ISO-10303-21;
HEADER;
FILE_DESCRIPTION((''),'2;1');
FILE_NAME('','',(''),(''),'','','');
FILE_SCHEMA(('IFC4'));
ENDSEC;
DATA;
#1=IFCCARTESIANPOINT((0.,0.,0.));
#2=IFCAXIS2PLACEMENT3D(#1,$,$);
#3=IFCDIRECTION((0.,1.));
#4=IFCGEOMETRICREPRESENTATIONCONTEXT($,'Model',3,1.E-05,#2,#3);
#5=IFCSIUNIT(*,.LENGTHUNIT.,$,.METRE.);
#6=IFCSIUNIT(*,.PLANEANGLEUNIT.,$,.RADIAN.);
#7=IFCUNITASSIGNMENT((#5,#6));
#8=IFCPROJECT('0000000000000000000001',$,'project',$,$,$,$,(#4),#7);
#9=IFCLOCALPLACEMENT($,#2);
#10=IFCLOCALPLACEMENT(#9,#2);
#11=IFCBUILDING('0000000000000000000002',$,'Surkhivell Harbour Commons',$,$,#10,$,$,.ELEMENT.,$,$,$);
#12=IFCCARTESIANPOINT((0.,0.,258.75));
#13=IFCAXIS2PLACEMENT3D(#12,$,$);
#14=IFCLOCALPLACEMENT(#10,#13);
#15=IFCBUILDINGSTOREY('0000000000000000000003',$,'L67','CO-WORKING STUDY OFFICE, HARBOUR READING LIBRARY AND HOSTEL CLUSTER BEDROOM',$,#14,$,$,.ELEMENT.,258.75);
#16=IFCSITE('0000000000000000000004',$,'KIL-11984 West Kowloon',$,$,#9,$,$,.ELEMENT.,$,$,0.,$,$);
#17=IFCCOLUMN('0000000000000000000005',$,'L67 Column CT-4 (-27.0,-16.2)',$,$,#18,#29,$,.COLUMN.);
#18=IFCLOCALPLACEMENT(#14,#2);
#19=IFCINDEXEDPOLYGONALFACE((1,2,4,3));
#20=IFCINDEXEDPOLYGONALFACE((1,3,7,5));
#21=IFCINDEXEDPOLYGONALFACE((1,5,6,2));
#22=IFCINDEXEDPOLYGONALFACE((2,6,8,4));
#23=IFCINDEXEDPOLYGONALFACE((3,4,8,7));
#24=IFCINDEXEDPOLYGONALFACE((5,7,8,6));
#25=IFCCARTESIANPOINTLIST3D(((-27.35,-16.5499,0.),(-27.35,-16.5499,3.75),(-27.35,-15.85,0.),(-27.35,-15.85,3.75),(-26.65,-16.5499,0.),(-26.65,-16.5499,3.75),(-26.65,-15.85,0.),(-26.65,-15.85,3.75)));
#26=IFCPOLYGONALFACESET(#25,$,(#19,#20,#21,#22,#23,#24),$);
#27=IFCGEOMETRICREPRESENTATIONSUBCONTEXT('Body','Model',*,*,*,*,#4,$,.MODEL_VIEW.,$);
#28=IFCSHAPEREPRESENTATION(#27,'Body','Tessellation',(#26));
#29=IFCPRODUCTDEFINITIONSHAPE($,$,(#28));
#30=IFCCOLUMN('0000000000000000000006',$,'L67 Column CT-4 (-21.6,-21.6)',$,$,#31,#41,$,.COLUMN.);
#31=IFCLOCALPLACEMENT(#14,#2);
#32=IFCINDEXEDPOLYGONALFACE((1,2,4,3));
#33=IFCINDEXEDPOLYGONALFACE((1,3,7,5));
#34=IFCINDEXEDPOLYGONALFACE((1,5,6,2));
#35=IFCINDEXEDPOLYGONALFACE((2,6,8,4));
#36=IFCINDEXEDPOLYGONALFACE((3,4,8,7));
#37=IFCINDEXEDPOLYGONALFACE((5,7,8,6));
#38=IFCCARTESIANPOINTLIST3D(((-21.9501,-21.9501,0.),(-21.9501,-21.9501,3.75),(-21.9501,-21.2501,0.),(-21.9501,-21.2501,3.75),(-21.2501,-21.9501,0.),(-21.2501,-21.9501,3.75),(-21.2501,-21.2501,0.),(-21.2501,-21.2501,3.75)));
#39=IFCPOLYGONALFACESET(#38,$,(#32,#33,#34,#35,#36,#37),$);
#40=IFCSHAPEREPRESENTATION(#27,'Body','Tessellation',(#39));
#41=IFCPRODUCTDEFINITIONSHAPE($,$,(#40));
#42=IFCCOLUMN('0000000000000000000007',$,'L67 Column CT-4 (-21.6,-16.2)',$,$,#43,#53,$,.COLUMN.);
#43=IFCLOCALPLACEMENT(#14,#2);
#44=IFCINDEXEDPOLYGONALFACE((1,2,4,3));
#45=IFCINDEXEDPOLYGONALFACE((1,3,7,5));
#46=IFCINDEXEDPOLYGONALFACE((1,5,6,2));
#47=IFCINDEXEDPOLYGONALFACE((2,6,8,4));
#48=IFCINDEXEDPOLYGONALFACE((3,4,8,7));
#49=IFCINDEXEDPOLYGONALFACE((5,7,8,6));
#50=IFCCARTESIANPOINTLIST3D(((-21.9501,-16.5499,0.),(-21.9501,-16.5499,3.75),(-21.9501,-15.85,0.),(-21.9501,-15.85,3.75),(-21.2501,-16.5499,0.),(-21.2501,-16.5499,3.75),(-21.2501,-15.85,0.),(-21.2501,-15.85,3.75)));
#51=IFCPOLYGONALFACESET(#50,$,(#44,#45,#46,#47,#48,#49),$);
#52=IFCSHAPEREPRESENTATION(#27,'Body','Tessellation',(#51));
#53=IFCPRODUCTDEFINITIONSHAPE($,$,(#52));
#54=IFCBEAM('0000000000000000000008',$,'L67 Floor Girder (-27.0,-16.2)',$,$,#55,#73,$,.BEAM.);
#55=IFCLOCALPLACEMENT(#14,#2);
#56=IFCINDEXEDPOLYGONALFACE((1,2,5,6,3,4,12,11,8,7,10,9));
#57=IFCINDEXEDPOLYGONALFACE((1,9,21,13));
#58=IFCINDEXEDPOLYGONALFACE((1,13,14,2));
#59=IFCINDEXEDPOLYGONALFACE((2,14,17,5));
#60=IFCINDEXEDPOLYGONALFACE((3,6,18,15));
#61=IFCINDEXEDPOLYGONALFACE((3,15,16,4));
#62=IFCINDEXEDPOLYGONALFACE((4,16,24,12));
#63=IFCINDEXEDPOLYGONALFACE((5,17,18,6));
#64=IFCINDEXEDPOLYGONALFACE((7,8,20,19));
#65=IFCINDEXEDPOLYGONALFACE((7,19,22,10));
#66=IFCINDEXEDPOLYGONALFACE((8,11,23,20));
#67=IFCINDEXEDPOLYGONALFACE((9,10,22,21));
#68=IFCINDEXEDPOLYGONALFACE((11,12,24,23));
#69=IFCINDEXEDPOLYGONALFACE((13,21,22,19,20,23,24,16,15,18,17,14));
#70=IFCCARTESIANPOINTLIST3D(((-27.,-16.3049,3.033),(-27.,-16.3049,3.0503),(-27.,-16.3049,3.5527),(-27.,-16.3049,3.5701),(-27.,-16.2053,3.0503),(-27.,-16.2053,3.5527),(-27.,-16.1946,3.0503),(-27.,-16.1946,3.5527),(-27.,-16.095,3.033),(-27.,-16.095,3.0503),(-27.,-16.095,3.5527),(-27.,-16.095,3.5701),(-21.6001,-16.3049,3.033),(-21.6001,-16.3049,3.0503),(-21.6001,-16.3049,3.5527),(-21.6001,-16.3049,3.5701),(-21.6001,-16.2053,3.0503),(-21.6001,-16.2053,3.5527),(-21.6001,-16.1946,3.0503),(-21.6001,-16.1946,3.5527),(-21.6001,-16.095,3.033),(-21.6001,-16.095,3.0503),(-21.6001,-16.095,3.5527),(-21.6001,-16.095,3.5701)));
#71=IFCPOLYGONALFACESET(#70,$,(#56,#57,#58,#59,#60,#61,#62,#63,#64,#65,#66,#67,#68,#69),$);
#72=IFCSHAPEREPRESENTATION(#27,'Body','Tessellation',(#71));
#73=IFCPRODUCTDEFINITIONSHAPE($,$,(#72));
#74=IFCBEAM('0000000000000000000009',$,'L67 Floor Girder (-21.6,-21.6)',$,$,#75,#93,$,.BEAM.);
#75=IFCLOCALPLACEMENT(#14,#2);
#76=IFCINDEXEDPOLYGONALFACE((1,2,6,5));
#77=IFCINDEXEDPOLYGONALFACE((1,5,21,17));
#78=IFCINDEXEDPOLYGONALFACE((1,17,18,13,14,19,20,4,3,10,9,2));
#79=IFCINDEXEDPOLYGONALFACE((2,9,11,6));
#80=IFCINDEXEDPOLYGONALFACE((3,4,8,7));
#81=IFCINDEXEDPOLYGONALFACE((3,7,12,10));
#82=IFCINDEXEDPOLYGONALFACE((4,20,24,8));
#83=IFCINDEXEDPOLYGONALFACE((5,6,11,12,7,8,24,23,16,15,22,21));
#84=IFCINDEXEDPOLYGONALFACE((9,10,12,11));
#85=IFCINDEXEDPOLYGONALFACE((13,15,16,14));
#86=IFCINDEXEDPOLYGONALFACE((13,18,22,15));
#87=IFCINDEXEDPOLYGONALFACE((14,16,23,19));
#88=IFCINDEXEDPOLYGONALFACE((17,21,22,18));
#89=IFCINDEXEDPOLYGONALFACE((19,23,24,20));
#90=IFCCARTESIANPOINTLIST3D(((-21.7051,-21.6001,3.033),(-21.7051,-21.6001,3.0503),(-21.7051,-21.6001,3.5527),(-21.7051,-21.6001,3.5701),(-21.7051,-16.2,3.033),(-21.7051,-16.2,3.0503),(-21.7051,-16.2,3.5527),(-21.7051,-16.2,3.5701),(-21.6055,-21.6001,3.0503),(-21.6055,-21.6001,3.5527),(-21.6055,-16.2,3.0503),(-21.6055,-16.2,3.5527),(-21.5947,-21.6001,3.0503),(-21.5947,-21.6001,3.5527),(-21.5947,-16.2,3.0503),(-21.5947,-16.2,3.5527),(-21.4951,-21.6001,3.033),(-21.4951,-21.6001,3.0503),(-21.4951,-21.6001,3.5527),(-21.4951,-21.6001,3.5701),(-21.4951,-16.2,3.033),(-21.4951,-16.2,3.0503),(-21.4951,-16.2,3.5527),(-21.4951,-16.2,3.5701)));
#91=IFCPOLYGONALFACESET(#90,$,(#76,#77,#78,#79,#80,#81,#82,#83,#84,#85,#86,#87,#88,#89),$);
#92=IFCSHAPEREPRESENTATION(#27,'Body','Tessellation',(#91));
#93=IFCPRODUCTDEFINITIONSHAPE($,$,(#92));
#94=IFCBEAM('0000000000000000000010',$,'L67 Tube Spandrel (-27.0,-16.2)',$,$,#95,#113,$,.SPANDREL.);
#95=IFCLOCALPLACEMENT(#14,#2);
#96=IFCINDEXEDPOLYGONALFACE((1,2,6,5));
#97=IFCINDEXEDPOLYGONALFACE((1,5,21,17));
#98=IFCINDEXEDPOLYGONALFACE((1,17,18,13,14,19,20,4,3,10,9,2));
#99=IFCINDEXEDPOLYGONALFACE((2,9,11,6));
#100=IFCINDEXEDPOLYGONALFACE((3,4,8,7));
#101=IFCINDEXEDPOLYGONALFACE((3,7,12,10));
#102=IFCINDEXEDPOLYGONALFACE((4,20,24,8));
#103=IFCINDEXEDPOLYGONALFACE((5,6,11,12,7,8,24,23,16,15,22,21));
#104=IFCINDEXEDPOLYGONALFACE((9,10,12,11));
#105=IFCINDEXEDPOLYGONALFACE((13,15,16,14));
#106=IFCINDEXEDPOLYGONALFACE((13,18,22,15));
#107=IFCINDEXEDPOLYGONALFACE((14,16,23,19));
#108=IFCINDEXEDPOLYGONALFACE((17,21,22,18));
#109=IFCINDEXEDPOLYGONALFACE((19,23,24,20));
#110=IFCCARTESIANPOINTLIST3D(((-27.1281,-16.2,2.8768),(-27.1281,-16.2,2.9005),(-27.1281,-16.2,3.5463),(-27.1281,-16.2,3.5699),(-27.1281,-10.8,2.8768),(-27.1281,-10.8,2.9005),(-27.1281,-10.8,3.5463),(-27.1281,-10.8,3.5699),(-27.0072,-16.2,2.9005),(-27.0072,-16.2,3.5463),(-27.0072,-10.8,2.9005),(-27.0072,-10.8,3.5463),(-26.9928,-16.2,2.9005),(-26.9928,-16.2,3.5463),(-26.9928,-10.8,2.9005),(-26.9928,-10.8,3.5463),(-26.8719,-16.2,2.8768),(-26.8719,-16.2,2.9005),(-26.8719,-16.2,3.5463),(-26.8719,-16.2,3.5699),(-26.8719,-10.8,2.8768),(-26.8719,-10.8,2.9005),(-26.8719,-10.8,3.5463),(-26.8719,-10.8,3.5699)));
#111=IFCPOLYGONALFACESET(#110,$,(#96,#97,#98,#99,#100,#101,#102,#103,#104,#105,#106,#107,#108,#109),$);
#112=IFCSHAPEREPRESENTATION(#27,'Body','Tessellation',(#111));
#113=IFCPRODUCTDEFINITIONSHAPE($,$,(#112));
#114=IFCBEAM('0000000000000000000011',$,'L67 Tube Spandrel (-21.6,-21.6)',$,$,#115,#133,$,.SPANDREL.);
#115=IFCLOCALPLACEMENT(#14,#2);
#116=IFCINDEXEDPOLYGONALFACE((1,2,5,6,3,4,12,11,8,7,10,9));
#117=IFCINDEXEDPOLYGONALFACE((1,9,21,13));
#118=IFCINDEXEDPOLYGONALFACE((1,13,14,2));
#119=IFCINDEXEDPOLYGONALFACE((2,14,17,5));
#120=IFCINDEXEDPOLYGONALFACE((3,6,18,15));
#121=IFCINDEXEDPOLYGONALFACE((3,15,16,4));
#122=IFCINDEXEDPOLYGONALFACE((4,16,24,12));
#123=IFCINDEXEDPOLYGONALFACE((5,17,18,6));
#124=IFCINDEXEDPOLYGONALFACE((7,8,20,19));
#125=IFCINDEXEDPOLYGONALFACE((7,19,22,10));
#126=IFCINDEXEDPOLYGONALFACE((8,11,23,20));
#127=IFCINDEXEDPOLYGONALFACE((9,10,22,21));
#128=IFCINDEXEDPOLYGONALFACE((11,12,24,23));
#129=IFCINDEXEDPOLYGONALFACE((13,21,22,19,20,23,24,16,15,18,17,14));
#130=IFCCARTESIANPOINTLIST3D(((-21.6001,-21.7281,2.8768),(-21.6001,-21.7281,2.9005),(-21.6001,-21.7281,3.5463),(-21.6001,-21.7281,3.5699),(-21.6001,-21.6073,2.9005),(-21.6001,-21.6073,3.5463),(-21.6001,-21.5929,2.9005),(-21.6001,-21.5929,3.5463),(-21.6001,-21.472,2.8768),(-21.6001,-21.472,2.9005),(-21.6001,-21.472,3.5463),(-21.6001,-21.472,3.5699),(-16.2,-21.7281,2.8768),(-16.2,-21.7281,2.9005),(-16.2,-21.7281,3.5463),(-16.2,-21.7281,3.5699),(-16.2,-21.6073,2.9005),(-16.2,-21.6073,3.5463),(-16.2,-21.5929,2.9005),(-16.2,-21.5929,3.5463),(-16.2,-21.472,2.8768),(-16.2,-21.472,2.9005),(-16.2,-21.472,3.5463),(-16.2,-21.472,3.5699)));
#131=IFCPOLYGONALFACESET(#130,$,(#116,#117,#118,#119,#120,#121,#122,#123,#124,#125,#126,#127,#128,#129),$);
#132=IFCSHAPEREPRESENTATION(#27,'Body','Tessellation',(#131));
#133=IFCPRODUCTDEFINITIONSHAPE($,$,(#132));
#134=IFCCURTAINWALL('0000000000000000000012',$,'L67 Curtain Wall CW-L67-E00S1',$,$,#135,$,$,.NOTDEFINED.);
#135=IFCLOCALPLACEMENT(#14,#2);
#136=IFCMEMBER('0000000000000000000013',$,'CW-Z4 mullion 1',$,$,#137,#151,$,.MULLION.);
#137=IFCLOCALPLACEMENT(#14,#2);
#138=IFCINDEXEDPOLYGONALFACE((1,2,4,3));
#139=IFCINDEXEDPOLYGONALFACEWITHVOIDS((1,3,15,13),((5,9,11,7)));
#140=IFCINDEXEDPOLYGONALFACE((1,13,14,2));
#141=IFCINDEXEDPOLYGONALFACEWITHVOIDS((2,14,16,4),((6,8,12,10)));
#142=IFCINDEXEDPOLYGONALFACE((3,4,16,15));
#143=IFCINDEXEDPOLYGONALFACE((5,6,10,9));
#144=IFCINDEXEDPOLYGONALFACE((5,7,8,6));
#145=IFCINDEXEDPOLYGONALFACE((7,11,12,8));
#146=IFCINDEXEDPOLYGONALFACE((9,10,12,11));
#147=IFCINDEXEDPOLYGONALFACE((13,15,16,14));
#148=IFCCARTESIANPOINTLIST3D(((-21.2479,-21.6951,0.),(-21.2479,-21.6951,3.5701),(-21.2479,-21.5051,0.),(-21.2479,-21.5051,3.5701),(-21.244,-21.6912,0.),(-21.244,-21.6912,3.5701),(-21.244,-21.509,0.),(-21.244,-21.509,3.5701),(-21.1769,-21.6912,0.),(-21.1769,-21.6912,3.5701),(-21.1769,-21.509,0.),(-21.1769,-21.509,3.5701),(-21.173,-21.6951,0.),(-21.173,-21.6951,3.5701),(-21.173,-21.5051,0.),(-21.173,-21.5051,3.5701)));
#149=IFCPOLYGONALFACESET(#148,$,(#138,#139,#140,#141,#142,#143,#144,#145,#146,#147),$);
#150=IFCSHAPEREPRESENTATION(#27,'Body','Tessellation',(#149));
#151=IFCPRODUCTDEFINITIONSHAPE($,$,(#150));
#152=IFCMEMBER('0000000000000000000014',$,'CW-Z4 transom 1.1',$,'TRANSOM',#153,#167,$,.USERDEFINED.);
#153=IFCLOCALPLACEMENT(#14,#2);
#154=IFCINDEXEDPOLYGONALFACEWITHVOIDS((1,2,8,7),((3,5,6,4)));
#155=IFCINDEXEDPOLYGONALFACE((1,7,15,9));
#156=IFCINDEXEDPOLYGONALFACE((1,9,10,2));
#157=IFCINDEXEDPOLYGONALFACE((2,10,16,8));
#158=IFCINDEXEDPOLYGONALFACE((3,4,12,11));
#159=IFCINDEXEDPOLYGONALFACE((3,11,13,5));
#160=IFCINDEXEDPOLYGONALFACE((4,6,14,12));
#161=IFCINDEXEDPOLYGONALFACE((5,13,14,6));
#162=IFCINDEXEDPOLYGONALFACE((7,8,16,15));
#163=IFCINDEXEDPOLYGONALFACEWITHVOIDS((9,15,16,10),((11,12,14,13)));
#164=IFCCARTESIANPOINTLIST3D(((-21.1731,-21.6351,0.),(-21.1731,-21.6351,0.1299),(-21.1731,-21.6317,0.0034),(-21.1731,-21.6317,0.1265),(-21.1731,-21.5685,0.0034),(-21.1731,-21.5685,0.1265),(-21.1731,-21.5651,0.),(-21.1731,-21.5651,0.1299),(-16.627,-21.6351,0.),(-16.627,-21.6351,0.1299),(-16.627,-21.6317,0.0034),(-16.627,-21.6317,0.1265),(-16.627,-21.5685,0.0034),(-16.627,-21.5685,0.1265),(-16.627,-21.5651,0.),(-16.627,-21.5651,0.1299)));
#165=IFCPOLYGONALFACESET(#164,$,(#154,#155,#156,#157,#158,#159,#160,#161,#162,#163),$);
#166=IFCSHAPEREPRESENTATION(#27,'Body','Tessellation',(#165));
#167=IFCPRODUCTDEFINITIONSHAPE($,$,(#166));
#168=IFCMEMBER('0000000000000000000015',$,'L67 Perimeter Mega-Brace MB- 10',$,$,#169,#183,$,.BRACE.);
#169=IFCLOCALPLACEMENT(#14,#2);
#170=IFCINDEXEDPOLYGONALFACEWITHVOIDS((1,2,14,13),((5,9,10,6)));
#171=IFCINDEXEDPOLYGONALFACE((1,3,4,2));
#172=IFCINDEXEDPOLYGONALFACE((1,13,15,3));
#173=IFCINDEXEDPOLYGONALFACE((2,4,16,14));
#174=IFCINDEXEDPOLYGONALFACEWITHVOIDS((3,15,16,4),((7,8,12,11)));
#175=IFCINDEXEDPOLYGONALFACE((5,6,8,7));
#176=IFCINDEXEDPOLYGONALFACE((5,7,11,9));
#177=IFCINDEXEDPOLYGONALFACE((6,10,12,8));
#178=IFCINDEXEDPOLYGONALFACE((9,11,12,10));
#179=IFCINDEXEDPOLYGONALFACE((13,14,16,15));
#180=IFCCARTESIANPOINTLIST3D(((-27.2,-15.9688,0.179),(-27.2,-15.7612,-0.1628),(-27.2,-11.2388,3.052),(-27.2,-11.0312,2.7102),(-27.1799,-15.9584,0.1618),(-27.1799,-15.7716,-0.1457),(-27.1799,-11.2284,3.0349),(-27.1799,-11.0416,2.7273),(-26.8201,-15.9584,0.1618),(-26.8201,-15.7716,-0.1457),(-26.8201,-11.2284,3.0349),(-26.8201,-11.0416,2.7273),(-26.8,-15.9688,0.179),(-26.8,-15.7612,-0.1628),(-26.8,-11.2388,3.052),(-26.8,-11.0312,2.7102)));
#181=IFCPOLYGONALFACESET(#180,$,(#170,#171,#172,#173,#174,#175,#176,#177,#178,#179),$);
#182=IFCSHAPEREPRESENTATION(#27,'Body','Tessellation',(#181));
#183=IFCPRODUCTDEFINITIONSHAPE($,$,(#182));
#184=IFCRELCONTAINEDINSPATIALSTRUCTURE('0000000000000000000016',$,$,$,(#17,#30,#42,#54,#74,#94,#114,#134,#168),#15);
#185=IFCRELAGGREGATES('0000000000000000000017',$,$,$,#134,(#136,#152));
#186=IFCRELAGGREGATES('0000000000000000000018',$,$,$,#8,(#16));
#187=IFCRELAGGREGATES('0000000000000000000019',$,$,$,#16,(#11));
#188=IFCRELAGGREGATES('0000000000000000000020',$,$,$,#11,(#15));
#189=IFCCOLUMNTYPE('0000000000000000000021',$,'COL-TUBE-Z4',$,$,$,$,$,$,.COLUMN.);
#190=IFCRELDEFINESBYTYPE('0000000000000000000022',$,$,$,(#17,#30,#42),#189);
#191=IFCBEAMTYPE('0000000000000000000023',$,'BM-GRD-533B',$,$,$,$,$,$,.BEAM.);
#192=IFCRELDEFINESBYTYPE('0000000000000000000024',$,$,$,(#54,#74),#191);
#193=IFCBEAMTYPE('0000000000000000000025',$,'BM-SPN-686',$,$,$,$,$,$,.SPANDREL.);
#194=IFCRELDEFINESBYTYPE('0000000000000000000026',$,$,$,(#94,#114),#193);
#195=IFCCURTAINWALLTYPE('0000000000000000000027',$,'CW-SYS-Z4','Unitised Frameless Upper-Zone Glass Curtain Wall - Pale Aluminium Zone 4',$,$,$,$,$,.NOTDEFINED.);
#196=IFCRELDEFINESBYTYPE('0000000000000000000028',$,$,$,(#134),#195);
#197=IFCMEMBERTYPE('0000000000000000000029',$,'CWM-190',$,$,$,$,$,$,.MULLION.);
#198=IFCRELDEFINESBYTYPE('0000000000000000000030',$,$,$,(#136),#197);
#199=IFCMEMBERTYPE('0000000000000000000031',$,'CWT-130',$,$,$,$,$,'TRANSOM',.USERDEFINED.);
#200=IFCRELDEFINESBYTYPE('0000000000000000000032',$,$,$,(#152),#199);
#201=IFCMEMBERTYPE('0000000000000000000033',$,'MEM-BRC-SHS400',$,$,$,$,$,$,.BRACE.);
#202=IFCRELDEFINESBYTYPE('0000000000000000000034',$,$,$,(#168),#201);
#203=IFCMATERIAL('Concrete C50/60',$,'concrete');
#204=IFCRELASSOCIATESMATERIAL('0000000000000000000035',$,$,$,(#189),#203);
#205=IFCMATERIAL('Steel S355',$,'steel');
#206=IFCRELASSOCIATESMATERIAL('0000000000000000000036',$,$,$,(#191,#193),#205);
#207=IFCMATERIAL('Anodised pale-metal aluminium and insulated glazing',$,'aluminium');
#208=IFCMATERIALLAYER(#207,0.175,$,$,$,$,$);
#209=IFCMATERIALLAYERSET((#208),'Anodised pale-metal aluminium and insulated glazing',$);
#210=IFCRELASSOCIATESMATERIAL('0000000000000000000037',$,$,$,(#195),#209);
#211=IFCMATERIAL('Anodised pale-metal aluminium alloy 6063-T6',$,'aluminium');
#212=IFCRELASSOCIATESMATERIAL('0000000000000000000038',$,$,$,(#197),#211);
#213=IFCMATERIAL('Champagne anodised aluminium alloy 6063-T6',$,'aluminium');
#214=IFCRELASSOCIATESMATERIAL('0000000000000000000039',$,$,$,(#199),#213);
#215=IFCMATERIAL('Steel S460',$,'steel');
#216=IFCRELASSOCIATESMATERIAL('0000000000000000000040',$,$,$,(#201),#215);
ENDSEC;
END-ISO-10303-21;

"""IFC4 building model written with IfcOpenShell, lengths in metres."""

from ifc_helpers import new_model, si_unit, direction, frame, origin, origin_2d, place, context, subcontext, project, spatial, rectangle, hollow_rectangle, i_section, extrude, material, layer, layer_set, material_profile, profile_set, type_object, element, aggregate, save


model = new_model("IFC4")

# Units and contexts
model_context = context("Model", 3, precision=1e-05, world=origin(), true_north=direction((0.0, 1.0)))
body_context = subcontext(model_context, "Body", "Model", "MODEL_VIEW")
ifc_project = project(units=[si_unit("LENGTHUNIT", "METRE"), si_unit("PLANEANGLEUNIT", "RADIAN")], contexts=[model_context])

# Site, building, storey
site_placement = place(None, origin())
site = spatial("IfcSite", under=ifc_project, at=site_placement, Name="KIL-11984 West Kowloon", CompositionType="ELEMENT", RefElevation=0.0)
building_placement = place(site_placement, origin())
building = spatial("IfcBuilding", under=site, at=building_placement, Name="Surkhivell Harbour Commons", CompositionType="ELEMENT")
storey_placement = place(building_placement, frame((0.0, 0.0, 258.75)))
storey = spatial("IfcBuildingStorey", under=building, at=storey_placement, Name="L67", Description="CO-WORKING STUDY OFFICE, HARBOUR READING LIBRARY AND HOSTEL CLUSTER BEDROOM", CompositionType="ELEMENT", Elevation=258.75)

# Columns
ifc_material_1 = material(Name="Concrete C50/60", Category="concrete")
ifc_material_profile_1 = material_profile(ifc_material_1, rectangle(XDim=0.7, YDim=0.7, at=origin_2d()), Name="RC-COL-700x700")
ifc_profile_set_1 = profile_set([ifc_material_profile_1], Name="Concrete C50/60")
column_type = type_object("IfcColumnType", Name="COL-TUBE-Z4", PredefinedType="COLUMN", material=ifc_profile_set_1)
for number, where, z_axis, x_axis, name in (
    (1, (-27.0, -16.2, 0.0), (0.0, 0.0, 1.0), (1.0, 0.0, 0.0), "L67 Column CT-4 (-27.0,-16.2)"),
    (2, (-21.6001, -21.6001, 0.0), (0.0, 0.0, 1.0), (1.0, 0.0, 0.0), "L67 Column CT-4 (-21.6,-21.6)"),
    (3, (-21.6001, -16.2, 0.0), (0.0, 0.0, 1.0), (1.0, 0.0, 0.0), "L67 Column CT-4 (-21.6,-16.2)"),
):
    element("IfcColumn", number, at=place(storey_placement, frame(where, z_axis=z_axis, x_axis=x_axis)), inside=storey, type_object=column_type, Name=name, PredefinedType="COLUMN", context=body_context, shape_type="SweptSolid", body=[
        extrude(rectangle(XDim=0.7, YDim=0.7, at=origin_2d()), origin(), (0.0, 0.0, 1.0), 3.75),
    ])

# Beams
ifc_material_2 = material(Name="Steel S355", Category="steel")
ifc_material_profile_2 = material_profile(ifc_material_2, i_section(OverallWidth=0.21, OverallDepth=0.5371, WebThickness=0.0107, FlangeThickness=0.0173, at=origin_2d()), Name="UB533x210x101")
ifc_profile_set_2 = profile_set([ifc_material_profile_2], Name="Steel S355")
beam_type_1 = type_object("IfcBeamType", Name="BM-GRD-533B", PredefinedType="BEAM", material=ifc_profile_set_2)
beam_1_placement = place(storey_placement, frame((-27.0, -16.2, 3.3015), z_axis=(1.0, 0.0, 0.0), x_axis=(0.0, 1.0, 0.0)))
element("IfcBeam", 4, at=beam_1_placement, inside=storey, type_object=beam_type_1, Name="L67 Floor Girder (-27.0,-16.2)", PredefinedType="BEAM", context=body_context, shape_type="SweptSolid", body=[
    extrude(i_section(OverallWidth=0.21, OverallDepth=0.5371, WebThickness=0.0107, FlangeThickness=0.0173, at=origin_2d()), origin(), (0.0, 0.0, 1.0), 5.3999),
])
beam_2_placement = place(storey_placement, frame((-21.6001, -21.6001, 3.3015), z_axis=(0.0, 1.0, 0.0), x_axis=(-1.0, 0.0, 0.0)))
element("IfcBeam", 5, at=beam_2_placement, inside=storey, type_object=beam_type_1, Name="L67 Floor Girder (-21.6,-21.6)", PredefinedType="BEAM", context=body_context, shape_type="SweptSolid", body=[
    extrude(i_section(OverallWidth=0.21, OverallDepth=0.5371, WebThickness=0.0107, FlangeThickness=0.0173, at=origin_2d()), origin(), (0.0, 0.0, 1.0), 5.4001),
])
ifc_material_profile_3 = material_profile(ifc_material_2, i_section(OverallWidth=0.2561, OverallDepth=0.6931, WebThickness=0.0144, FlangeThickness=0.0237, at=origin_2d()), Name="UB686x254x170")
ifc_profile_set_3 = profile_set([ifc_material_profile_3], Name="Steel S355")
beam_type_2 = type_object("IfcBeamType", Name="BM-SPN-686", PredefinedType="SPANDREL", material=ifc_profile_set_3)
beam_3_placement = place(storey_placement, frame((-27.0, -16.2, 3.2234), z_axis=(0.0, 1.0, 0.0), x_axis=(-1.0, 0.0, 0.0)))
element("IfcBeam", 6, at=beam_3_placement, inside=storey, type_object=beam_type_2, Name="L67 Tube Spandrel (-27.0,-16.2)", PredefinedType="SPANDREL", context=body_context, shape_type="SweptSolid", body=[
    extrude(i_section(OverallWidth=0.2561, OverallDepth=0.6931, WebThickness=0.0144, FlangeThickness=0.0237, at=origin_2d()), origin(), (0.0, 0.0, 1.0), 5.3999),
])
beam_4_placement = place(storey_placement, frame((-21.6001, -21.6001, 3.2234), z_axis=(1.0, 0.0, 0.0), x_axis=(0.0, 1.0, 0.0)))
element("IfcBeam", 7, at=beam_4_placement, inside=storey, type_object=beam_type_2, Name="L67 Tube Spandrel (-21.6,-21.6)", PredefinedType="SPANDREL", context=body_context, shape_type="SweptSolid", body=[
    extrude(i_section(OverallWidth=0.2561, OverallDepth=0.6931, WebThickness=0.0144, FlangeThickness=0.0237, at=origin_2d()), origin(), (0.0, 0.0, 1.0), 5.4001),
])

# Curtain wall, members
ifc_material_3 = material(Name="Anodised pale-metal aluminium and insulated glazing", Category="aluminium")
ifc_layer_1 = layer(ifc_material_3, 0.175)
ifc_layer_set_1 = layer_set([ifc_layer_1], Name="Anodised pale-metal aluminium and insulated glazing")
curtain_wall_type = type_object("IfcCurtainWallType", Name="CW-SYS-Z4", Description="Unitised Frameless Upper-Zone Glass Curtain Wall - Pale Aluminium Zone 4", PredefinedType="NOTDEFINED", material=ifc_layer_set_1)
curtain_wall_placement = place(storey_placement, origin())
curtain_wall = element("IfcCurtainWall", 8, at=curtain_wall_placement, inside=storey, type_object=curtain_wall_type, Name="L67 Curtain Wall CW-L67-E00S1", PredefinedType="NOTDEFINED")
ifc_material_4 = material(Name="Anodised pale-metal aluminium alloy 6063-T6", Category="aluminium")
ifc_material_profile_4 = material_profile(ifc_material_4, hollow_rectangle(XDim=0.075, YDim=0.1899, WallThickness=0.0039, at=origin_2d()), Name="ALU-MULL-75x190")
ifc_profile_set_4 = profile_set([ifc_material_profile_4], Name="Anodised pale-metal aluminium alloy 6063-T6")
member_type_1 = type_object("IfcMemberType", Name="CWM-190", PredefinedType="MULLION", material=ifc_profile_set_4)
member_1_placement = place(storey_placement, frame((-21.2104, -21.6001, 0.0), z_axis=(0.0, 0.0, 1.0), x_axis=(1.0, 0.0, 0.0)))
member_1 = element("IfcMember", 9, at=member_1_placement, type_object=member_type_1, Name="CW-Z4 mullion 1", PredefinedType="MULLION", context=body_context, shape_type="SweptSolid", body=[
    extrude(hollow_rectangle(XDim=0.075, YDim=0.1899, WallThickness=0.0039, at=origin_2d()), origin(), (0.0, 0.0, 1.0), 3.5701),
])
ifc_material_5 = material(Name="Champagne anodised aluminium alloy 6063-T6", Category="aluminium")
ifc_material_profile_5 = material_profile(ifc_material_5, hollow_rectangle(XDim=0.0701, YDim=0.1299, WallThickness=0.0034, at=origin_2d()), Name="ALU-TRAN-70x130")
ifc_profile_set_5 = profile_set([ifc_material_profile_5], Name="Champagne anodised aluminium alloy 6063-T6")
member_type_2 = type_object("IfcMemberType", Name="CWT-130", ElementType="TRANSOM", PredefinedType="USERDEFINED", material=ifc_profile_set_5)
member_2_placement = place(storey_placement, frame((-21.1731, -21.6001, 0.0649), z_axis=(1.0, 0.0, 0.0), x_axis=(0.0, 1.0, 0.0)))
member_2 = element("IfcMember", 10, at=member_2_placement, type_object=member_type_2, Name="CW-Z4 transom 1.1", ObjectType="TRANSOM", PredefinedType="USERDEFINED", context=body_context, shape_type="SweptSolid", body=[
    extrude(hollow_rectangle(XDim=0.0701, YDim=0.1299, WallThickness=0.0034, at=origin_2d()), origin(), (0.0, 0.0, 1.0), 4.5461),
])
aggregate(curtain_wall, [member_1, member_2])

# Member
ifc_material_6 = material(Name="Steel S460", Category="steel")
ifc_material_profile_6 = material_profile(ifc_material_6, hollow_rectangle(XDim=0.3999, YDim=0.3999, WallThickness=0.02, at=origin_2d()), Name="SHS400x400x20")
ifc_profile_set_6 = profile_set([ifc_material_profile_6], Name="Steel S460")
member_type_3 = type_object("IfcMemberType", Name="MEM-BRC-SHS400", PredefinedType="BRACE", material=ifc_profile_set_6)
member_3_placement = place(storey_placement, frame((-27.0, -15.865, 0.0081), z_axis=(0.0, 0.854685, 0.519146), x_axis=(-1.0, 0.0, 0.0)))
element("IfcMember", 11, at=member_3_placement, inside=storey, type_object=member_type_3, Name="L67 Perimeter Mega-Brace MB- 10", PredefinedType="BRACE", context=body_context, shape_type="SweptSolid", body=[
    extrude(hollow_rectangle(XDim=0.3999, YDim=0.3999, WallThickness=0.02, at=origin_2d()), origin(), (0.0, 0.0, 1.0), 5.5342),
])

save(model, "model.ifc")
